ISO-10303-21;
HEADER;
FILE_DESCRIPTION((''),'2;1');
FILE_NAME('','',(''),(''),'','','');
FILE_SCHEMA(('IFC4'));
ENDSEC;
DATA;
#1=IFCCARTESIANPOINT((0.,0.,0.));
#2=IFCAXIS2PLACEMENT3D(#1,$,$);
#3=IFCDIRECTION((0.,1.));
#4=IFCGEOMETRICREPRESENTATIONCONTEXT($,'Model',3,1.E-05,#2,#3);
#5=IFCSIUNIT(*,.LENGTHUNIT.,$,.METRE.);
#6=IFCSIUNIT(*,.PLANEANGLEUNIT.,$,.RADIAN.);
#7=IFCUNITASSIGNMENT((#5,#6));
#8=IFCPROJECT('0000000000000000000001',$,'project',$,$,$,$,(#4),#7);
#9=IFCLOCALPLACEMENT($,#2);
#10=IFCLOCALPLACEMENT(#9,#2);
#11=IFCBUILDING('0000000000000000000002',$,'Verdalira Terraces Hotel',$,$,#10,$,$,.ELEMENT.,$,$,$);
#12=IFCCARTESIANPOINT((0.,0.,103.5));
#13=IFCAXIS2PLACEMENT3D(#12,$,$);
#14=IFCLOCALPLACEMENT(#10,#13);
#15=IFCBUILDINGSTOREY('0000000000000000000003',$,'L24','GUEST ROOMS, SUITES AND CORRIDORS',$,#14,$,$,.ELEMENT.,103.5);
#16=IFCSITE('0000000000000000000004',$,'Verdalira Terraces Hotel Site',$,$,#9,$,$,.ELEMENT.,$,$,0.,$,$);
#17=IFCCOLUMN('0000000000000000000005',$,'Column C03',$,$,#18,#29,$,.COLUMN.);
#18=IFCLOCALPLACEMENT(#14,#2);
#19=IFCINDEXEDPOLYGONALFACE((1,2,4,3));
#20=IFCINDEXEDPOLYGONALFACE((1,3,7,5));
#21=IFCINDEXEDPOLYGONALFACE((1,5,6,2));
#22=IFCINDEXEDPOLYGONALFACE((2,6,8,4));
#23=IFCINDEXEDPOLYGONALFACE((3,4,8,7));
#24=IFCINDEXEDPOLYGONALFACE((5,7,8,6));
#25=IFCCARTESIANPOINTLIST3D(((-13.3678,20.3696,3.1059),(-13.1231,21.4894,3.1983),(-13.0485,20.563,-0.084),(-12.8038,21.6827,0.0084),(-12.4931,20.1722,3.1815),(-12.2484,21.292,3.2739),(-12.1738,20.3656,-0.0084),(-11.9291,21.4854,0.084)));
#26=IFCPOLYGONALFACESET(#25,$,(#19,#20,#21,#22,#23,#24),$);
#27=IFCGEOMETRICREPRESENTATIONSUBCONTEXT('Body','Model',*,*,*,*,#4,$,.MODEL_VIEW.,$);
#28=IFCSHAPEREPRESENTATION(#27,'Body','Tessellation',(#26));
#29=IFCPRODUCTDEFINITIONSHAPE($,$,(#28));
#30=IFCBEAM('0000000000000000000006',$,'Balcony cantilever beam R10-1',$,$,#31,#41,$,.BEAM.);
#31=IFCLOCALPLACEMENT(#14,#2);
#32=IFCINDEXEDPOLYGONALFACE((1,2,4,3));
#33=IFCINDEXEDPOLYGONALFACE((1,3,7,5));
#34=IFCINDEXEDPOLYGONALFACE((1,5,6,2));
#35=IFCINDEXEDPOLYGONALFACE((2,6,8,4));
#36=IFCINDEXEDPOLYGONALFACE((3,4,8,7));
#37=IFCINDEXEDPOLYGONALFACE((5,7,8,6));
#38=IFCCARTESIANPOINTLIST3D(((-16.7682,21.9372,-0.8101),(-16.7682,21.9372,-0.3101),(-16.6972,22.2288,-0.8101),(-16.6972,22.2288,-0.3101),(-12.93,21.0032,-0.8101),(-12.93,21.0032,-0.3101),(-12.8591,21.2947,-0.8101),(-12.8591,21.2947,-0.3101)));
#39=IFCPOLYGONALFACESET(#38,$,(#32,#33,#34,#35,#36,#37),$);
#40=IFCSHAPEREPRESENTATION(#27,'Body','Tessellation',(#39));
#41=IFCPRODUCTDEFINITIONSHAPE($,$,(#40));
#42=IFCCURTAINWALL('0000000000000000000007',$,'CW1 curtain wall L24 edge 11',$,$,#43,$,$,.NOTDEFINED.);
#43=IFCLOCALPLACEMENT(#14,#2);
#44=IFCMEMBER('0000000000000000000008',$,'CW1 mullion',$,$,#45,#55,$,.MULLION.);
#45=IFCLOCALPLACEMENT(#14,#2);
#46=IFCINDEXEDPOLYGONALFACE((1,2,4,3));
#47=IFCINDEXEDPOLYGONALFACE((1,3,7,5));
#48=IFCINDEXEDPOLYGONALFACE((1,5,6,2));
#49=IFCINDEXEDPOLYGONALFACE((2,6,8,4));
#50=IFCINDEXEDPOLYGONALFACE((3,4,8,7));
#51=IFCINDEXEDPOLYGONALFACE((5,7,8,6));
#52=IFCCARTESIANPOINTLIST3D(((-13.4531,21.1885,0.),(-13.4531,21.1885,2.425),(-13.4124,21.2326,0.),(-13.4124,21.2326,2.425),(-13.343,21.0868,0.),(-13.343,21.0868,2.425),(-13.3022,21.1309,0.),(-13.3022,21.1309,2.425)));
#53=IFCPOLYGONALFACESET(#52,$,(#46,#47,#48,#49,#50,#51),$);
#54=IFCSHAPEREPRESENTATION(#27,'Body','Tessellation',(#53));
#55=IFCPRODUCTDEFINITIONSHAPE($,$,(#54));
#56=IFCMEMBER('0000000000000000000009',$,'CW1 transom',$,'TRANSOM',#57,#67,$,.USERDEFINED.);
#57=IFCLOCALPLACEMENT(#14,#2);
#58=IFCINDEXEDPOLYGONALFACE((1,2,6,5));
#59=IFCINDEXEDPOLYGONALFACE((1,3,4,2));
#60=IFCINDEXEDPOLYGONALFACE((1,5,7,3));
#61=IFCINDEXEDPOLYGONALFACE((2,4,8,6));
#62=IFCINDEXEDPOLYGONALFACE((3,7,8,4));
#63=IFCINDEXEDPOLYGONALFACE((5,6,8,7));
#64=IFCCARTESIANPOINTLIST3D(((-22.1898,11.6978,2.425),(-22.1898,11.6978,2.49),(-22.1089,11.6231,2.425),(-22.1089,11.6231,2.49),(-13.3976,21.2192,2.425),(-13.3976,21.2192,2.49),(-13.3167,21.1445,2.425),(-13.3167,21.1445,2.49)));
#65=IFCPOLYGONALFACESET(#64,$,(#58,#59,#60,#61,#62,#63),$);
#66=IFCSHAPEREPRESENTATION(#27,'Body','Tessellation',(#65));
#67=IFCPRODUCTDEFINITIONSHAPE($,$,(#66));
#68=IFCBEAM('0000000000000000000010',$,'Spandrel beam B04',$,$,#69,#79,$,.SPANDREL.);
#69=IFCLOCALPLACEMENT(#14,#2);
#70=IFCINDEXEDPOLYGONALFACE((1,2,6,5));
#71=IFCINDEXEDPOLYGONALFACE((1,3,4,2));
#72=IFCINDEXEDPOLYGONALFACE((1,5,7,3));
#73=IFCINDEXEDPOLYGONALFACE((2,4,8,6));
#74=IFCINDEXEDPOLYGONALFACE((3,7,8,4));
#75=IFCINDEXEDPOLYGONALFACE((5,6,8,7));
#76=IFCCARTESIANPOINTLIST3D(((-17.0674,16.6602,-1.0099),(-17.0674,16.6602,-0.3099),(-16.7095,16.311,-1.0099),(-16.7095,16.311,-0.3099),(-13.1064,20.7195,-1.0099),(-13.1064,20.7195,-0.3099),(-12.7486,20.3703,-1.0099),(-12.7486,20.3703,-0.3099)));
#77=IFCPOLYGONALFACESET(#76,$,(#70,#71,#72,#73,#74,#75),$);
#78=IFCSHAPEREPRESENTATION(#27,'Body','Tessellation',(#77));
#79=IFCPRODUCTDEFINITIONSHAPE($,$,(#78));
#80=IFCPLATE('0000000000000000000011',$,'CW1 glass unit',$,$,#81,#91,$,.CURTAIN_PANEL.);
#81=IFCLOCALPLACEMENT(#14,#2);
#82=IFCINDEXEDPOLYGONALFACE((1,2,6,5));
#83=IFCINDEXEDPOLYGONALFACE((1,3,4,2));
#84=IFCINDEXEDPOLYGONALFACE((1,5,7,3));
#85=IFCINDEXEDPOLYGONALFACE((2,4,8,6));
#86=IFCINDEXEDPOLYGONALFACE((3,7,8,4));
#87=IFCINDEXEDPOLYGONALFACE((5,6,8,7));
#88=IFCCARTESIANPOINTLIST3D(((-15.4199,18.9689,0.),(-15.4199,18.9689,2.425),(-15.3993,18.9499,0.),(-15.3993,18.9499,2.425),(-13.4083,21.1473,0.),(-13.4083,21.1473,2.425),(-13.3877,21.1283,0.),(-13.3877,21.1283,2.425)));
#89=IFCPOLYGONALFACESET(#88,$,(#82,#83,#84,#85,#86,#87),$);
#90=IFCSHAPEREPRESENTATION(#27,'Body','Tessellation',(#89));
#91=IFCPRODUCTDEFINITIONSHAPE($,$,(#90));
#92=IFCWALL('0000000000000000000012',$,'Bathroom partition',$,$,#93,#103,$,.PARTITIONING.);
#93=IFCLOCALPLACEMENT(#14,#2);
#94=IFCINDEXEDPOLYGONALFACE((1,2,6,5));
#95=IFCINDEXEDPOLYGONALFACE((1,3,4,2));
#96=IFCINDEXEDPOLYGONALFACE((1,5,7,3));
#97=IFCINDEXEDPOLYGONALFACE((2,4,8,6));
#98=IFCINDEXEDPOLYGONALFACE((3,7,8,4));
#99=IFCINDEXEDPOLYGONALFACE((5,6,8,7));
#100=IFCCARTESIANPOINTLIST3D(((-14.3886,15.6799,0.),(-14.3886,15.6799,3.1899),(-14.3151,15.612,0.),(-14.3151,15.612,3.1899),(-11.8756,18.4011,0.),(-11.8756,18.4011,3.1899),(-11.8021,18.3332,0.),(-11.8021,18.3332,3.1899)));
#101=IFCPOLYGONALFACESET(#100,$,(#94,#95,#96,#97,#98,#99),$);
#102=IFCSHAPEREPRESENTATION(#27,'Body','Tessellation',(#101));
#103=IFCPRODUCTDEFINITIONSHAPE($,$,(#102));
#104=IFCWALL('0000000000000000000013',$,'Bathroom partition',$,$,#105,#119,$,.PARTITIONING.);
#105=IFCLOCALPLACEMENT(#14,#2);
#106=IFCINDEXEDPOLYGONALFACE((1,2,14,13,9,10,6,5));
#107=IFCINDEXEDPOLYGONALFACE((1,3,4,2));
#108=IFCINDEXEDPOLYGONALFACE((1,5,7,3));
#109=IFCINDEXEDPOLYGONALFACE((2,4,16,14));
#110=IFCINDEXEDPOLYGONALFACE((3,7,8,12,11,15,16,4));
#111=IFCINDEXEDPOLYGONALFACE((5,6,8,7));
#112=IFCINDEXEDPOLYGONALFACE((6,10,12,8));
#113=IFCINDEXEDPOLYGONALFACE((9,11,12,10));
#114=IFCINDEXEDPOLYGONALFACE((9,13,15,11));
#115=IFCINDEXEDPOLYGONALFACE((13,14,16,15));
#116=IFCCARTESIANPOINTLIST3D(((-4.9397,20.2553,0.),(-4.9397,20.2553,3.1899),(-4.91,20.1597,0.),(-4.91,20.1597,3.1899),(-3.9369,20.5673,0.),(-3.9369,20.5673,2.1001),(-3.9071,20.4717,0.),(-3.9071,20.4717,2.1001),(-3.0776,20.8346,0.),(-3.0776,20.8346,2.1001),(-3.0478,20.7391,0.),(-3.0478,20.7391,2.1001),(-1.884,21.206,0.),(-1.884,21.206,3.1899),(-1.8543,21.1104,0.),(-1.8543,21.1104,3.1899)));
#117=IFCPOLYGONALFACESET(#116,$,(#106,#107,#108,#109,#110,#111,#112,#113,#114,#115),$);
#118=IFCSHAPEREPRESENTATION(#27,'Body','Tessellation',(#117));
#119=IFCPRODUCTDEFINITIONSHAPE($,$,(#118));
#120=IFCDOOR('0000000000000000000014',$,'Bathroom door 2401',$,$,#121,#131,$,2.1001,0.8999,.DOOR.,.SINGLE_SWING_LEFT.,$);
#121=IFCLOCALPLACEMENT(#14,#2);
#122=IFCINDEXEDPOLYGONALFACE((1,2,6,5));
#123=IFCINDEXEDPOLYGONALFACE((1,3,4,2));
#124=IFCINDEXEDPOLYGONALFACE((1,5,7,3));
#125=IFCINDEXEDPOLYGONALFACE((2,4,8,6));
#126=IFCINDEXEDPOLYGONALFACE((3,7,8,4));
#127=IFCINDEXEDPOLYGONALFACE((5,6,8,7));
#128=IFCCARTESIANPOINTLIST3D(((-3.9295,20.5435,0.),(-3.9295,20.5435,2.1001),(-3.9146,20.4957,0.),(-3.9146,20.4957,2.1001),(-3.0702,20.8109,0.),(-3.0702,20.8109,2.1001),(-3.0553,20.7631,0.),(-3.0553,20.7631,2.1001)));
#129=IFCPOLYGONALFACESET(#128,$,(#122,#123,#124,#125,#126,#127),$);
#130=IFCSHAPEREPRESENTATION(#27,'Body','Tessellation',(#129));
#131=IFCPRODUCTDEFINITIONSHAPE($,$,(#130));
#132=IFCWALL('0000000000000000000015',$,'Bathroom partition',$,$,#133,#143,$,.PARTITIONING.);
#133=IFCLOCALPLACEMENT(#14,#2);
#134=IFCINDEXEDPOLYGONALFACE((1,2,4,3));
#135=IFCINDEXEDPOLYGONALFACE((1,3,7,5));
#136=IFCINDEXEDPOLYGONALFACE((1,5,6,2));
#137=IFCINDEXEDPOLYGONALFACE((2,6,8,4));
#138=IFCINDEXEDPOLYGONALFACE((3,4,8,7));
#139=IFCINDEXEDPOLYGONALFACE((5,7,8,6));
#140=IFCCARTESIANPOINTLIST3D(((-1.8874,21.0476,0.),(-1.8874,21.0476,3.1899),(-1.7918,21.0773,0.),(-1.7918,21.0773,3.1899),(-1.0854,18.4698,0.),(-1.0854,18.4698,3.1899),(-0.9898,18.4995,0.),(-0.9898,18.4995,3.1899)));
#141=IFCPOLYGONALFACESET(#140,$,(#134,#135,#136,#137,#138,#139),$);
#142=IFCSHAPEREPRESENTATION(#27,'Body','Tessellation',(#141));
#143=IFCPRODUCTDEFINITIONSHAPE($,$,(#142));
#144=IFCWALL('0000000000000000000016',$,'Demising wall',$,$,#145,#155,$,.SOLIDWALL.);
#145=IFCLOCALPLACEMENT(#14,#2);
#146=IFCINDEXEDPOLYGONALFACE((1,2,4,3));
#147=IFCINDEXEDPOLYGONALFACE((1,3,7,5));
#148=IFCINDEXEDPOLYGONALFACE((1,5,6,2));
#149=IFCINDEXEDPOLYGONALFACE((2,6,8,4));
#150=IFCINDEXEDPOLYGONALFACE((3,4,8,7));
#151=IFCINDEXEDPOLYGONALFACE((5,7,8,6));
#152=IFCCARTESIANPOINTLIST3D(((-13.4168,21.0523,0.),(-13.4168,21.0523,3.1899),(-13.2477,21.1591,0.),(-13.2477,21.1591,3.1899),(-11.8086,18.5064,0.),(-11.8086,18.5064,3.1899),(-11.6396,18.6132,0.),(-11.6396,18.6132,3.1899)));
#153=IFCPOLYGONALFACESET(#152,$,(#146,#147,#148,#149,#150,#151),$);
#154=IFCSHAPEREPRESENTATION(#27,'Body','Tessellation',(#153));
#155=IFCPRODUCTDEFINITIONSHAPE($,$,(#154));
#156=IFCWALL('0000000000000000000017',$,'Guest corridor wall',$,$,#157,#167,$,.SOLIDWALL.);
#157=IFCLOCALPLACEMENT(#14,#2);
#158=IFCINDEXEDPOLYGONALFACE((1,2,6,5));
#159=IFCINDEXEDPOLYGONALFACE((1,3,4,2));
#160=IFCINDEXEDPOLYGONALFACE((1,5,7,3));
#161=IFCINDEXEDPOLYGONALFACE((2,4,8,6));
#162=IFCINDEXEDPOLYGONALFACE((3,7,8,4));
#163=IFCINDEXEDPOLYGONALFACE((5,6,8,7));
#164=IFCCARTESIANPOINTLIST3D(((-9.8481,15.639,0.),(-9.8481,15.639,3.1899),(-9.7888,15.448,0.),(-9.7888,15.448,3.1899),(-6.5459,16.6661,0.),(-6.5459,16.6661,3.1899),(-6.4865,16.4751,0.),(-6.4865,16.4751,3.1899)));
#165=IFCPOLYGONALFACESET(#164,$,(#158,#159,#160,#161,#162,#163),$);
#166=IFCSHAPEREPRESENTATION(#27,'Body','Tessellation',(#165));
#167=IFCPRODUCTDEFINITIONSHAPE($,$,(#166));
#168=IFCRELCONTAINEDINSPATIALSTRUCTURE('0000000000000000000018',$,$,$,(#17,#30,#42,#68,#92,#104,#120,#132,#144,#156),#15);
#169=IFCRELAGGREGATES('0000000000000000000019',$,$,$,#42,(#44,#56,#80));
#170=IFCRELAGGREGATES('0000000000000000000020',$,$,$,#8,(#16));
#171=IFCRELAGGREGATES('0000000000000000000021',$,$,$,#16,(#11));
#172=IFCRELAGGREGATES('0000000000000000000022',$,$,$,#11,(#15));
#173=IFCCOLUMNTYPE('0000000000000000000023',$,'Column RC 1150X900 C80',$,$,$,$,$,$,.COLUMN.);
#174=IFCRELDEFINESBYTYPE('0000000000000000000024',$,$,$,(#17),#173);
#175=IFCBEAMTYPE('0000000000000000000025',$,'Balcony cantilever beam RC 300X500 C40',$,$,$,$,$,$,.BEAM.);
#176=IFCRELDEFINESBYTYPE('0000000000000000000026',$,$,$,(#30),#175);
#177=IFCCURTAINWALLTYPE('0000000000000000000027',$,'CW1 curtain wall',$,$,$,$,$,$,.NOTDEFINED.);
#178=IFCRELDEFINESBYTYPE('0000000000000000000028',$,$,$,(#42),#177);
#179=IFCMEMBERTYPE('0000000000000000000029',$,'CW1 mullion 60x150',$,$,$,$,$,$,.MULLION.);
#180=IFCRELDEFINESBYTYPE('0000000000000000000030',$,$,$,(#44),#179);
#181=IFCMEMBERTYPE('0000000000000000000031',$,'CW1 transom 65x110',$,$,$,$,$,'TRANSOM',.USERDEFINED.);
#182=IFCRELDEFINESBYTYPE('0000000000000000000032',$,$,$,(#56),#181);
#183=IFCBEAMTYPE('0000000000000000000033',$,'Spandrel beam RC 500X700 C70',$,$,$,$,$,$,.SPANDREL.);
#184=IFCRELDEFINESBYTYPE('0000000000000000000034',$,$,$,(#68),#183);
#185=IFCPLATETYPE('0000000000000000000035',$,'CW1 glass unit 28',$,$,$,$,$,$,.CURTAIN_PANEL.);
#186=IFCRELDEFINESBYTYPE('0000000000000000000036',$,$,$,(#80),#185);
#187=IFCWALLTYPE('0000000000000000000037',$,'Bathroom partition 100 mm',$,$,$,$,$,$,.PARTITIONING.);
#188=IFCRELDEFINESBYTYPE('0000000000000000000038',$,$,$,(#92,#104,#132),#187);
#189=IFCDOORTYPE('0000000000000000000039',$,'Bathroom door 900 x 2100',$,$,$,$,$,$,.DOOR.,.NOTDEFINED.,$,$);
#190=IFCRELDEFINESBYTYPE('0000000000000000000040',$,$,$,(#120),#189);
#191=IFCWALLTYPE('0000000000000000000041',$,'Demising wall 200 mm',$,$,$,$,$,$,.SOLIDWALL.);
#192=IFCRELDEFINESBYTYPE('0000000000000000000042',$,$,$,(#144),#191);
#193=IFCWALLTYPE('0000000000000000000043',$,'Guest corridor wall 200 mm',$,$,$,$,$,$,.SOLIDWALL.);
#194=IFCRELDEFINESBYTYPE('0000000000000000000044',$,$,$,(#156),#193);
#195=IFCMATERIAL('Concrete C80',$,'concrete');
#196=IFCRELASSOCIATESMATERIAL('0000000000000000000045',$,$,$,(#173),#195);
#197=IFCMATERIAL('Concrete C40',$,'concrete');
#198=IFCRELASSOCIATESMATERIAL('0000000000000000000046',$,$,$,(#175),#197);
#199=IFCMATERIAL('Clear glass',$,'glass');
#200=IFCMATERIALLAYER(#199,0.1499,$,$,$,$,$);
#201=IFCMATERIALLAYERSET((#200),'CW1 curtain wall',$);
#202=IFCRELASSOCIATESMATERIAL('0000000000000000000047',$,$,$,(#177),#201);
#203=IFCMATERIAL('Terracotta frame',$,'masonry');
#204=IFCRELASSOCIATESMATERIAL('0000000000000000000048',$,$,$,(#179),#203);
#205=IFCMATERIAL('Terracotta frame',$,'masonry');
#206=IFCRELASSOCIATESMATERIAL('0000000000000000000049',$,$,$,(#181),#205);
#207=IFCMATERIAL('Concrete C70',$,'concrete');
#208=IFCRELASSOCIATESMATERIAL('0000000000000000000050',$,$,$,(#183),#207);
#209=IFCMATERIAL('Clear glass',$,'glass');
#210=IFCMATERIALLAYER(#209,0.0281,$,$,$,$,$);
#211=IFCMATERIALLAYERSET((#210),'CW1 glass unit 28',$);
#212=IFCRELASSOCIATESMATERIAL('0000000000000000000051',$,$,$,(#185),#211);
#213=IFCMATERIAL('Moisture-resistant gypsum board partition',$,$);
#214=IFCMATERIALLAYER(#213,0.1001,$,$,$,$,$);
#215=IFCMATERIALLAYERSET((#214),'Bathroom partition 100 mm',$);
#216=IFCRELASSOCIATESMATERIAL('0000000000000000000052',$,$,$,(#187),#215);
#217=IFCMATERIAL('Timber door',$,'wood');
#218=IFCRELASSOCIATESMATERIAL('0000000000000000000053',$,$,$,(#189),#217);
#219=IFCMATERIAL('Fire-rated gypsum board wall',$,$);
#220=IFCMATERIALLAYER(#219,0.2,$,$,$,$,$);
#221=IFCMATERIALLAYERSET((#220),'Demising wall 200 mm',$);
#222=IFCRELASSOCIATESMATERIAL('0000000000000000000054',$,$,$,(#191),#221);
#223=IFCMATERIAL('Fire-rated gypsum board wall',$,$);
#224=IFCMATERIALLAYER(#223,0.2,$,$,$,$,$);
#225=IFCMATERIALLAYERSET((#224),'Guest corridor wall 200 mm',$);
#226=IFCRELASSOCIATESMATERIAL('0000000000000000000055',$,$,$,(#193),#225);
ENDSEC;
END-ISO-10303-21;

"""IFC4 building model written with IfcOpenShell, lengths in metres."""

from ifc_helpers import new_model, si_unit, direction, frame, frame_2d, origin, origin_2d, place, context, subcontext, project, spatial, rectangle, extrude, material, layer, layer_set, material_profile, profile_set, type_object, element, fill, aggregate, save


model = new_model("IFC4")

# Units and contexts
model_context = context("Model", 3, precision=1e-05, world=origin(), true_north=direction((0.0, 1.0)))
body_context = subcontext(model_context, "Body", "Model", "MODEL_VIEW")
ifc_project = project(units=[si_unit("LENGTHUNIT", "METRE"), si_unit("PLANEANGLEUNIT", "RADIAN")], contexts=[model_context])

# Site, building, storey
site_placement = place(None, origin())
site = spatial("IfcSite", under=ifc_project, at=site_placement, Name="Verdalira Terraces Hotel Site", CompositionType="ELEMENT", RefElevation=0.0)
building_placement = place(site_placement, origin())
building = spatial("IfcBuilding", under=site, at=building_placement, Name="Verdalira Terraces Hotel", CompositionType="ELEMENT")
storey_placement = place(building_placement, frame((0.0, 0.0, 103.5)))
storey = spatial("IfcBuildingStorey", under=building, at=storey_placement, Name="L24", Description="GUEST ROOMS, SUITES AND CORRIDORS", CompositionType="ELEMENT", Elevation=103.5)

# Column
ifc_material_1 = material(Name="Concrete C80", Category="concrete")
ifc_material_profile_1 = material_profile(ifc_material_1, rectangle(XDim=1.1499, YDim=0.8999, at=origin_2d()), Name="RC 1150X900")
ifc_profile_set_1 = profile_set([ifc_material_profile_1], Name="Concrete C80")
column_type = type_object("IfcColumnType", Name="Column RC 1150X900 C80", PredefinedType="COLUMN", material=ifc_profile_set_1)
column_placement = place(storey_placement, frame((-12.4888, 21.0242, 0.0), z_axis=(-0.099429, -0.060204, 0.993222), x_axis=(0.212794, 0.97379, 0.080329)))
element("IfcColumn", 1, at=column_placement, inside=storey, type_object=column_type, Name="Column C03", PredefinedType="COLUMN", context=body_context, shape_type="SweptSolid", body=[
    extrude(rectangle(XDim=1.1499, YDim=0.8999, at=origin_2d()), origin(), (0.0, 0.0, 1.0), 3.2117),
])

# Beam
ifc_material_2 = material(Name="Concrete C40", Category="concrete")
ifc_material_profile_2 = material_profile(ifc_material_2, rectangle(XDim=0.3, YDim=0.5, at=origin_2d()), Name="RC 300X500")
ifc_profile_set_2 = profile_set([ifc_material_profile_2], Name="Concrete C40")
beam_type_1 = type_object("IfcBeamType", Name="Balcony cantilever beam RC 300X500 C40", PredefinedType="BEAM", material=ifc_profile_set_2)
beam_1_placement = place(storey_placement, frame((-12.8945, 21.1489, -0.5601), z_axis=(-0.97164, 0.236467, 0.0), x_axis=(-0.236467, -0.97164, 0.0)))
element("IfcBeam", 2, at=beam_1_placement, inside=storey, type_object=beam_type_1, Name="Balcony cantilever beam R10-1", PredefinedType="BEAM", context=body_context, shape_type="SweptSolid", body=[
    extrude(rectangle(XDim=0.3, YDim=0.5, at=origin_2d()), origin(), (0.0, 0.0, 1.0), 3.9502),
])

# Curtain wall, members
ifc_material_3 = material(Name="Clear glass", Category="glass")
ifc_layer_1 = layer(ifc_material_3, 0.1499)
ifc_layer_set_1 = layer_set([ifc_layer_1], Name="CW1 curtain wall")
curtain_wall_type = type_object("IfcCurtainWallType", Name="CW1 curtain wall", PredefinedType="NOTDEFINED", material=ifc_layer_set_1)
curtain_wall_placement = place(storey_placement, origin())
curtain_wall = element("IfcCurtainWall", 3, at=curtain_wall_placement, inside=storey, type_object=curtain_wall_type, Name="CW1 curtain wall L24 edge 11", PredefinedType="NOTDEFINED")
ifc_material_4 = material(Name="Terracotta frame", Category="masonry")
ifc_material_profile_3 = material_profile(ifc_material_4, rectangle(XDim=0.0601, YDim=0.1499, at=origin_2d()), Name="MU 60x150")
ifc_profile_set_3 = profile_set([ifc_material_profile_3], Name="Terracotta frame")
member_type_1 = type_object("IfcMemberType", Name="CW1 mullion 60x150", PredefinedType="MULLION", material=ifc_profile_set_3)
member_1_placement = place(storey_placement, frame((-13.3777, 21.1597, 0.0), z_axis=(0.0, 0.0, 1.0), x_axis=(-0.678416, -0.734678, 0.0)))
member_1 = element("IfcMember", 4, at=member_1_placement, type_object=member_type_1, Name="CW1 mullion", PredefinedType="MULLION", context=body_context, shape_type="SweptSolid", body=[
    extrude(rectangle(XDim=0.0601, YDim=0.1499, at=origin_2d()), origin(), (0.0, 0.0, 1.0), 2.425),
])
ifc_material_5 = material(Name="Terracotta frame", Category="masonry")
ifc_material_profile_4 = material_profile(ifc_material_5, rectangle(XDim=0.1101, YDim=0.0649, at=origin_2d()), Name="TR 65x110")
ifc_profile_set_4 = profile_set([ifc_material_profile_4], Name="Terracotta frame")
member_type_2 = type_object("IfcMemberType", Name="CW1 transom 65x110", ElementType="TRANSOM", PredefinedType="USERDEFINED", material=ifc_profile_set_4)
member_2_placement = place(storey_placement, frame((-13.3572, 21.1819, 2.4575), z_axis=(-0.678412, -0.734681, 0.0), x_axis=(0.734681, -0.678412, 0.0)))
member_2 = element("IfcMember", 5, at=member_2_placement, type_object=member_type_2, Name="CW1 transom", ObjectType="TRANSOM", PredefinedType="USERDEFINED", context=body_context, shape_type="SweptSolid", body=[
    extrude(rectangle(XDim=0.1101, YDim=0.0649, at=origin_2d()), origin(), (0.0, 0.0, 1.0), 12.96),
])

# Beam
ifc_material_6 = material(Name="Concrete C70", Category="concrete")
ifc_material_profile_5 = material_profile(ifc_material_6, rectangle(XDim=0.5, YDim=0.7, at=origin_2d()), Name="RC 500X700")
ifc_profile_set_5 = profile_set([ifc_material_profile_5], Name="Concrete C70")
beam_type_2 = type_object("IfcBeamType", Name="Spandrel beam RC 500X700 C70", PredefinedType="SPANDREL", material=ifc_profile_set_5)
beam_2_placement = place(storey_placement, frame((-12.9275, 20.5449, -0.6599), z_axis=(-0.69838, -0.715727, 0.0), x_axis=(0.715727, -0.69838, 0.0)))
element("IfcBeam", 6, at=beam_2_placement, inside=storey, type_object=beam_type_2, Name="Spandrel beam B04", PredefinedType="SPANDREL", context=body_context, shape_type="SweptSolid", body=[
    extrude(rectangle(XDim=0.5, YDim=0.7, at=origin_2d()), origin(), (0.0, 0.0, 1.0), 5.6716),
])

# Plate
ifc_material_7 = material(Name="Clear glass", Category="glass")
ifc_layer_2 = layer(ifc_material_7, 0.0281)
ifc_layer_set_2 = layer_set([ifc_layer_2], Name="CW1 glass unit 28")
plate_type = type_object("IfcPlateType", Name="CW1 glass unit 28", PredefinedType="CURTAIN_PANEL", material=ifc_layer_set_2)
plate_placement = place(storey_placement, frame((-14.4038, 20.0486, 0.0), z_axis=(0.0, 0.0, 1.0), x_axis=(-0.678416, -0.734678, 0.0)))
plate = element("IfcPlate", 7, at=plate_placement, type_object=plate_type, Name="CW1 glass unit", PredefinedType="CURTAIN_PANEL", context=body_context, shape_type="SweptSolid", body=[
    extrude(rectangle(XDim=2.9651, YDim=0.0281, at=origin_2d()), origin(), (0.0, 0.0, 1.0), 2.425),
])
aggregate(curtain_wall, [member_1, member_2, plate])

# Wall
ifc_material_8 = material(Name="Moisture-resistant gypsum board partition")
ifc_layer_3 = layer(ifc_material_8, 0.1001)
ifc_layer_set_3 = layer_set([ifc_layer_3], Name="Bathroom partition 100 mm")
wall_type_1 = type_object("IfcWallType", Name="Bathroom partition 100 mm", PredefinedType="PARTITIONING", material=ifc_layer_set_3)
wall_1_placement = place(storey_placement, frame((-11.8389, 18.3672, 0.0), z_axis=(0.0, 0.0, 1.0), x_axis=(-0.678436, -0.734659, 0.0)))
element("IfcWall", 8, at=wall_1_placement, inside=storey, type_object=wall_type_1, Name="Bathroom partition", PredefinedType="PARTITIONING", context=body_context, shape_type="SweptSolid", body=[
    extrude(rectangle(XDim=3.7041, YDim=0.1001, at=frame_2d((1.8521, 0.0))), origin(), (0.0, 0.0, 1.0), 3.1899),
])

# Wall, opening, door
wall_2_placement = place(storey_placement, frame((-1.8691, 21.1582, 0.0), z_axis=(0.0, 0.0, 1.0), x_axis=(-0.954854, -0.297076, 0.0)))
wall_2 = element("IfcWall", 9, at=wall_2_placement, inside=storey, type_object=wall_type_1, Name="Bathroom partition", PredefinedType="PARTITIONING", context=body_context, shape_type="SweptSolid", body=[
    extrude(rectangle(XDim=3.2002, YDim=0.1001, at=frame_2d((1.6001, 0.0))), origin(), (0.0, 0.0, 1.0), 3.1899),
])
opening_1_placement = place(wall_2_placement, frame((1.25, 0.0, 0.0)))
opening_1 = element("IfcOpeningElement", 10, at=opening_1_placement, cuts=wall_2, PredefinedType="OPENING", context=body_context, shape_type="SweptSolid", body=[
    extrude(rectangle(XDim=0.8999, YDim=2.1001, at=frame_2d((0.45, 1.05))), frame((0.0, 0.0601, 0.0), z_axis=(0.0, -1.0, 0.0), x_axis=(1.0, 0.0, 0.0)), (0.0, 0.0, 1.0), 0.1201),
])
ifc_material_9 = material(Name="Timber door", Category="wood")
door_type_1 = type_object("IfcDoorType", Name="Bathroom door 900 x 2100", OperationType="NOTDEFINED", PredefinedType="DOOR", material=ifc_material_9)
door_1_placement = place(opening_1_placement, origin())
door_1 = element("IfcDoor", 11, at=door_1_placement, inside=storey, type_object=door_type_1, Name="Bathroom door 2401", OperationType="SINGLE_SWING_LEFT", OverallHeight=2.1001, OverallWidth=0.8999, PredefinedType="DOOR", context=body_context, shape_type="SweptSolid", body=[
    extrude(rectangle(XDim=0.8999, YDim=2.1001, at=frame_2d((0.45, 1.05))), frame((0.0, 0.0249, 0.0), z_axis=(0.0, -1.0, 0.0), x_axis=(1.0, 0.0, 0.0)), (0.0, 0.0, 1.0), 0.05),
])
fill(opening_1, door_1)

# Walls
wall_3_placement = place(storey_placement, frame((-1.0376, 18.4846, 0.0), z_axis=(0.0, 0.0, 1.0), x_axis=(-0.297065, 0.954857, 0.0)))
element("IfcWall", 12, at=wall_3_placement, inside=storey, type_object=wall_type_1, Name="Bathroom partition", PredefinedType="PARTITIONING", context=body_context, shape_type="SweptSolid", body=[
    extrude(rectangle(XDim=2.6997, YDim=0.1001, at=frame_2d((1.3499, 0.0))), origin(), (0.0, 0.0, 1.0), 3.1899),
])
ifc_material_10 = material(Name="Fire-rated gypsum board wall")
ifc_layer_4 = layer(ifc_material_10, 0.2)
ifc_layer_set_4 = layer_set([ifc_layer_4], Name="Demising wall 200 mm")
wall_type_2 = type_object("IfcWallType", Name="Demising wall 200 mm", PredefinedType="SOLIDWALL", material=ifc_layer_set_4)
wall_4_placement = place(storey_placement, frame((-11.7241, 18.5598, 0.0), z_axis=(0.0, 0.0, 1.0), x_axis=(-0.534045, 0.845456, 0.0)))
element("IfcWall", 13, at=wall_4_placement, inside=storey, type_object=wall_type_2, Name="Demising wall", PredefinedType="SOLIDWALL", context=body_context, shape_type="SweptSolid", body=[
    extrude(rectangle(XDim=3.0112, YDim=0.2, at=frame_2d((1.5056, 0.0))), origin(), (0.0, 0.0, 1.0), 3.1899),
])
ifc_material_11 = material(Name="Fire-rated gypsum board wall")
ifc_layer_5 = layer(ifc_material_11, 0.2)
ifc_layer_set_5 = layer_set([ifc_layer_5], Name="Guest corridor wall 200 mm")
wall_type_3 = type_object("IfcWallType", Name="Guest corridor wall 200 mm", PredefinedType="SOLIDWALL", material=ifc_layer_set_5)
wall_5_placement = place(storey_placement, frame((-6.5164, 16.5706, 0.0), z_axis=(0.0, 0.0, 1.0), x_axis=(-0.954879, -0.296996, 0.0)))
element("IfcWall", 14, at=wall_5_placement, inside=storey, type_object=wall_type_3, Name="Guest corridor wall", PredefinedType="SOLIDWALL", context=body_context, shape_type="SweptSolid", body=[
    extrude(rectangle(XDim=3.4583, YDim=0.2, at=frame_2d((1.729, 0.0))), origin(), (0.0, 0.0, 1.0), 3.1899),
])

save(model, "model.ifc")
